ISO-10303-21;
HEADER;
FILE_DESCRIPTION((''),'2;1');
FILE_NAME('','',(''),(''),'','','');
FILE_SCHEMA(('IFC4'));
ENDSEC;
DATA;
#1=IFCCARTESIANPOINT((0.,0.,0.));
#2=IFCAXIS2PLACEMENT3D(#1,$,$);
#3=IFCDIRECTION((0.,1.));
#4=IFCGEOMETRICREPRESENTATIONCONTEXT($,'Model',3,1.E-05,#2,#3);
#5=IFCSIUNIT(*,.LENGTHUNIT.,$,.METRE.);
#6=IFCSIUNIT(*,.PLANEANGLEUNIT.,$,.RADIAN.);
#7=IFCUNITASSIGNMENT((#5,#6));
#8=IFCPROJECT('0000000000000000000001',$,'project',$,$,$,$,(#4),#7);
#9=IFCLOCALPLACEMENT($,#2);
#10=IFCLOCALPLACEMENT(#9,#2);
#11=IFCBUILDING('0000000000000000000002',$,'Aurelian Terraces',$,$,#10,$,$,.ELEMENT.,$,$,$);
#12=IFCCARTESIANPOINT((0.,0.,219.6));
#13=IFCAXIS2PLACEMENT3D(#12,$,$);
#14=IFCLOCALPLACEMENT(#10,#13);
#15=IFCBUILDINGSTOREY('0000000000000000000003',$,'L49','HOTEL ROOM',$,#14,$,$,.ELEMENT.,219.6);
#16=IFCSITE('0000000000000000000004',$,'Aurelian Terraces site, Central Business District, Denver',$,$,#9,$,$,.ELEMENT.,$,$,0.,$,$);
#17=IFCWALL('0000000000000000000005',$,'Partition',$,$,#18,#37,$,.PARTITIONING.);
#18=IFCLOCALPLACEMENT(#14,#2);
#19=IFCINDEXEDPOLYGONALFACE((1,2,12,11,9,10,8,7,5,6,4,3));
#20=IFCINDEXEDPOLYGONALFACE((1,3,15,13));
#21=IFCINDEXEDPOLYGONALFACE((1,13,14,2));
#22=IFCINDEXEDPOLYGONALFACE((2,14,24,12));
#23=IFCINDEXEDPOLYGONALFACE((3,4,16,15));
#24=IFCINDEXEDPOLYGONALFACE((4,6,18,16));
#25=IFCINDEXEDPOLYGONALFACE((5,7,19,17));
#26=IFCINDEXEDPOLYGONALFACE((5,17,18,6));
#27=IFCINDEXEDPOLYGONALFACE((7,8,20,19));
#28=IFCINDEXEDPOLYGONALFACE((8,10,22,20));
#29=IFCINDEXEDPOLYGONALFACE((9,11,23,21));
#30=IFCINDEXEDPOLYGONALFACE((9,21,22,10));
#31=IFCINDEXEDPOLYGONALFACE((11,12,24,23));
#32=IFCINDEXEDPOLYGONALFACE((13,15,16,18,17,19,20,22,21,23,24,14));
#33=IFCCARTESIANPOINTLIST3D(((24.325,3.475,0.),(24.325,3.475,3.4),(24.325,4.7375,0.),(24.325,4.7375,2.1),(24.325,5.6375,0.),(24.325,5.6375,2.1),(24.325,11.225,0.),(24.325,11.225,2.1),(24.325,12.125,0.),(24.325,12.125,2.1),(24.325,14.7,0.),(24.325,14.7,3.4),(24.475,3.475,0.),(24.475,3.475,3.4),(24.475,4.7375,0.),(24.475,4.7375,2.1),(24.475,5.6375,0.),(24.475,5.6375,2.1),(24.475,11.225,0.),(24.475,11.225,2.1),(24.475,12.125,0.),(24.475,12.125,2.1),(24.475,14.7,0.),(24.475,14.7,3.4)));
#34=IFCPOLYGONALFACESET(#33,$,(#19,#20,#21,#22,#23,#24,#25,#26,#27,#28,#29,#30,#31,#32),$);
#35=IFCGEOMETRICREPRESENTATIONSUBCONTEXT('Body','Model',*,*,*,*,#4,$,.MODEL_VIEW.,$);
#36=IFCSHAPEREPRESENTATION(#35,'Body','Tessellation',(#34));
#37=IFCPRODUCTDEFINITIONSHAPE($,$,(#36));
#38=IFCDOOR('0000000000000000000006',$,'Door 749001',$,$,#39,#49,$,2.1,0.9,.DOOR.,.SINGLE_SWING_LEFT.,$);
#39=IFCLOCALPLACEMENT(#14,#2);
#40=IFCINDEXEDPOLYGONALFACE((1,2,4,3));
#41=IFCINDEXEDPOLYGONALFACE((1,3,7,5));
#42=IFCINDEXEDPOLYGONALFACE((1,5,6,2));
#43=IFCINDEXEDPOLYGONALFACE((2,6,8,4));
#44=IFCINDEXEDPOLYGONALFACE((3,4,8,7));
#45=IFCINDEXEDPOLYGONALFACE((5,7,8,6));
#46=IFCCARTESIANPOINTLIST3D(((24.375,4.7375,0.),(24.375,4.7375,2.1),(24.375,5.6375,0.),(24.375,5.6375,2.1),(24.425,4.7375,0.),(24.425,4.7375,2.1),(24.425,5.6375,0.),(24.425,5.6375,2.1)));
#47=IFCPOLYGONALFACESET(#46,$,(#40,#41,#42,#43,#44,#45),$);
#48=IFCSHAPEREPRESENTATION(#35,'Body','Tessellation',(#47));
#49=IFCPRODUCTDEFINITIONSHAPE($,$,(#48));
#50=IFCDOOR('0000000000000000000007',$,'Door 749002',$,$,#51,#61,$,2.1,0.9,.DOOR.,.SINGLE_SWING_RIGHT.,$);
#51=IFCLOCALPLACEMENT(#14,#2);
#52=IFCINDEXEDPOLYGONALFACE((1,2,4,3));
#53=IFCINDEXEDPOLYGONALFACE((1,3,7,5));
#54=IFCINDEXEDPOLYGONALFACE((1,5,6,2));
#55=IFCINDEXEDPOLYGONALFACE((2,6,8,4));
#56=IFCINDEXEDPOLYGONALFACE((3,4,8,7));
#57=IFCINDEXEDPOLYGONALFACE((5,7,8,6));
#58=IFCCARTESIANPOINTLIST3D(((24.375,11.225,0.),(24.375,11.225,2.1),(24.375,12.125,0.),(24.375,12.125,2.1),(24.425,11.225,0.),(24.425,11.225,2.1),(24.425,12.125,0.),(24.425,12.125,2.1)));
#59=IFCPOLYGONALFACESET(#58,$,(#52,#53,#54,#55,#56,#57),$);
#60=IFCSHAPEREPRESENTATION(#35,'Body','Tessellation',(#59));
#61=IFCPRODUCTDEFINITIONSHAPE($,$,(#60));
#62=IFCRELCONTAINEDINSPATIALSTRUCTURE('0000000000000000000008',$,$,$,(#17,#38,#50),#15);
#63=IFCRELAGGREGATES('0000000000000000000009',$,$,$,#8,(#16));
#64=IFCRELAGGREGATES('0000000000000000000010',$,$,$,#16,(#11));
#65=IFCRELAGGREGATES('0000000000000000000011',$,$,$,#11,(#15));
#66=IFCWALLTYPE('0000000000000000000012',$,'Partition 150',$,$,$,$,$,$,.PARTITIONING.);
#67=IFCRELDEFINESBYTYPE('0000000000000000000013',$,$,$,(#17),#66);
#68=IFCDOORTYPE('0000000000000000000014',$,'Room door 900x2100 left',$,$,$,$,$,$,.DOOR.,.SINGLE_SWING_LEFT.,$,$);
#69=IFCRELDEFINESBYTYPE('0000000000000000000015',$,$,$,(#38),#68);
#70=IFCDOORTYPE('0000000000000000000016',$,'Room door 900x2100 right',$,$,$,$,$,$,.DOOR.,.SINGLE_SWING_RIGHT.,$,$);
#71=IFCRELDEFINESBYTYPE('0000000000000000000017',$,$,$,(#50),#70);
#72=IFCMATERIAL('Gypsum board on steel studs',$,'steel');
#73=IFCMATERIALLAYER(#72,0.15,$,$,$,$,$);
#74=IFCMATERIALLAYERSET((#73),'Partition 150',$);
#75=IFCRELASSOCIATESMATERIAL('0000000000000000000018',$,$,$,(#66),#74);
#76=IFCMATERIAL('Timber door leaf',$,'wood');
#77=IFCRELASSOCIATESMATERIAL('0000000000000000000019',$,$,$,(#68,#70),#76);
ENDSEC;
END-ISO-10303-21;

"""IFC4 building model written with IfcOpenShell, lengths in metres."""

from ifc_helpers import new_model, si_unit, direction, frame, frame_2d, origin, place, context, subcontext, project, spatial, rectangle, extrude, source, transform, mapped, material, layer, layer_set, type_object, element, fill, save


model = new_model("IFC4")

# Units and contexts
model_context = context("Model", 3, precision=1e-05, world=origin(), true_north=direction((0.0, 1.0)))
body_context = subcontext(model_context, "Body", "Model", "MODEL_VIEW")
ifc_project = project(units=[si_unit("LENGTHUNIT", "METRE"), si_unit("PLANEANGLEUNIT", "RADIAN")], contexts=[model_context])

# Site, building, storey
site_placement = place(None, origin())
site = spatial("IfcSite", under=ifc_project, at=site_placement, Name="Aurelian Terraces site, Central Business District, Denver", CompositionType="ELEMENT", RefElevation=0.0)
building_placement = place(site_placement, origin())
building = spatial("IfcBuilding", under=site, at=building_placement, Name="Aurelian Terraces", CompositionType="ELEMENT")
storey_placement = place(building_placement, frame((0.0, 0.0, 219.6)))
storey = spatial("IfcBuildingStorey", under=building, at=storey_placement, Name="L49", Description="HOTEL ROOM", CompositionType="ELEMENT", Elevation=219.6)

# Shared definitions
ifc_material_1 = material(Name="Gypsum board on steel studs", Category="steel")
ifc_layer_1 = layer(ifc_material_1, 0.15)
ifc_layer_set_1 = layer_set([ifc_layer_1], Name="Partition 150")
wall_type_1 = type_object("IfcWallType", Name="Partition 150", PredefinedType="PARTITIONING", material=ifc_layer_set_1)
shared_shape_1 = source(origin(), body_context, "Body", "SweptSolid", [
    extrude(rectangle(XDim=0.9, YDim=2.1, at=frame_2d((0.45, 1.05))), frame((0.0, 0.085, 0.0), z_axis=(0.0, -1.0, 0.0), x_axis=(1.0, 0.0, 0.0)), (0.0, 0.0, 1.0), 0.17),
])
ifc_material_2 = material(Name="Timber door leaf", Category="wood")
door_type_1 = type_object("IfcDoorType", Name="Room door 900x2100 left", OperationType="SINGLE_SWING_LEFT", PredefinedType="DOOR", material=ifc_material_2)
shared_shape_2 = source(origin(), body_context, "Body", "SweptSolid", [
    extrude(rectangle(XDim=0.9, YDim=2.1, at=frame_2d((0.45, 1.05))), frame((0.0, 0.025, 0.0), z_axis=(0.0, -1.0, 0.0), x_axis=(1.0, 0.0, 0.0)), (0.0, 0.0, 1.0), 0.05),
])

# Wall, openings, doors
shared_shape_3 = source(origin(), body_context, "Body", "SweptSolid", [
    extrude(rectangle(XDim=11.225, YDim=0.15, at=frame_2d((5.6125, 0.0))), origin(), (0.0, 0.0, 1.0), 3.4),
])
wall_1_placement = place(storey_placement, frame((24.4, 14.7, 0.0), z_axis=(0.0, 0.0, 1.0), x_axis=(0.0, -1.0, 0.0)))
wall_1 = element("IfcWall", 1, at=wall_1_placement, inside=storey, type_object=wall_type_1, Name="Partition", PredefinedType="PARTITIONING", context=body_context, shape_type="MappedRepresentation", body=[
    mapped(shared_shape_3, transform((0.0, 0.0, 0.0), scale=1.0)),
])
opening_1_placement = place(wall_1_placement, frame((9.0625, 0.0, 0.0)))
opening_1 = element("IfcOpeningElement", 2, at=opening_1_placement, cuts=wall_1, PredefinedType="OPENING", context=body_context, shape_type="MappedRepresentation", body=[
    mapped(shared_shape_1, transform((0.0, 0.0, 0.0), scale=1.0)),
])
opening_2_placement = place(wall_1_placement, frame((2.575, 0.0, 0.0)))
opening_2 = element("IfcOpeningElement", 3, at=opening_2_placement, cuts=wall_1, PredefinedType="OPENING", context=body_context, shape_type="MappedRepresentation", body=[
    mapped(shared_shape_1, transform((0.0, 0.0, 0.0), scale=1.0)),
])
door_1_placement = place(opening_1_placement, origin())
door_1 = element("IfcDoor", 4, at=door_1_placement, inside=storey, type_object=door_type_1, Name="Door 749001", OperationType="SINGLE_SWING_LEFT", OverallHeight=2.1, OverallWidth=0.9, PredefinedType="DOOR", context=body_context, shape_type="MappedRepresentation", body=[
    mapped(shared_shape_2, transform((0.0, 0.0, 0.0), scale=1.0)),
])
fill(opening_1, door_1)
door_type_2 = type_object("IfcDoorType", Name="Room door 900x2100 right", OperationType="SINGLE_SWING_RIGHT", PredefinedType="DOOR", material=ifc_material_2)
door_2_placement = place(opening_2_placement, origin())
door_2 = element("IfcDoor", 5, at=door_2_placement, inside=storey, type_object=door_type_2, Name="Door 749002", OperationType="SINGLE_SWING_RIGHT", OverallHeight=2.1, OverallWidth=0.9, PredefinedType="DOOR", context=body_context, shape_type="MappedRepresentation", body=[
    mapped(shared_shape_2, transform((0.0, 0.0, 0.0), scale=1.0)),
])
fill(opening_2, door_2)

save(model, "model.ifc")
